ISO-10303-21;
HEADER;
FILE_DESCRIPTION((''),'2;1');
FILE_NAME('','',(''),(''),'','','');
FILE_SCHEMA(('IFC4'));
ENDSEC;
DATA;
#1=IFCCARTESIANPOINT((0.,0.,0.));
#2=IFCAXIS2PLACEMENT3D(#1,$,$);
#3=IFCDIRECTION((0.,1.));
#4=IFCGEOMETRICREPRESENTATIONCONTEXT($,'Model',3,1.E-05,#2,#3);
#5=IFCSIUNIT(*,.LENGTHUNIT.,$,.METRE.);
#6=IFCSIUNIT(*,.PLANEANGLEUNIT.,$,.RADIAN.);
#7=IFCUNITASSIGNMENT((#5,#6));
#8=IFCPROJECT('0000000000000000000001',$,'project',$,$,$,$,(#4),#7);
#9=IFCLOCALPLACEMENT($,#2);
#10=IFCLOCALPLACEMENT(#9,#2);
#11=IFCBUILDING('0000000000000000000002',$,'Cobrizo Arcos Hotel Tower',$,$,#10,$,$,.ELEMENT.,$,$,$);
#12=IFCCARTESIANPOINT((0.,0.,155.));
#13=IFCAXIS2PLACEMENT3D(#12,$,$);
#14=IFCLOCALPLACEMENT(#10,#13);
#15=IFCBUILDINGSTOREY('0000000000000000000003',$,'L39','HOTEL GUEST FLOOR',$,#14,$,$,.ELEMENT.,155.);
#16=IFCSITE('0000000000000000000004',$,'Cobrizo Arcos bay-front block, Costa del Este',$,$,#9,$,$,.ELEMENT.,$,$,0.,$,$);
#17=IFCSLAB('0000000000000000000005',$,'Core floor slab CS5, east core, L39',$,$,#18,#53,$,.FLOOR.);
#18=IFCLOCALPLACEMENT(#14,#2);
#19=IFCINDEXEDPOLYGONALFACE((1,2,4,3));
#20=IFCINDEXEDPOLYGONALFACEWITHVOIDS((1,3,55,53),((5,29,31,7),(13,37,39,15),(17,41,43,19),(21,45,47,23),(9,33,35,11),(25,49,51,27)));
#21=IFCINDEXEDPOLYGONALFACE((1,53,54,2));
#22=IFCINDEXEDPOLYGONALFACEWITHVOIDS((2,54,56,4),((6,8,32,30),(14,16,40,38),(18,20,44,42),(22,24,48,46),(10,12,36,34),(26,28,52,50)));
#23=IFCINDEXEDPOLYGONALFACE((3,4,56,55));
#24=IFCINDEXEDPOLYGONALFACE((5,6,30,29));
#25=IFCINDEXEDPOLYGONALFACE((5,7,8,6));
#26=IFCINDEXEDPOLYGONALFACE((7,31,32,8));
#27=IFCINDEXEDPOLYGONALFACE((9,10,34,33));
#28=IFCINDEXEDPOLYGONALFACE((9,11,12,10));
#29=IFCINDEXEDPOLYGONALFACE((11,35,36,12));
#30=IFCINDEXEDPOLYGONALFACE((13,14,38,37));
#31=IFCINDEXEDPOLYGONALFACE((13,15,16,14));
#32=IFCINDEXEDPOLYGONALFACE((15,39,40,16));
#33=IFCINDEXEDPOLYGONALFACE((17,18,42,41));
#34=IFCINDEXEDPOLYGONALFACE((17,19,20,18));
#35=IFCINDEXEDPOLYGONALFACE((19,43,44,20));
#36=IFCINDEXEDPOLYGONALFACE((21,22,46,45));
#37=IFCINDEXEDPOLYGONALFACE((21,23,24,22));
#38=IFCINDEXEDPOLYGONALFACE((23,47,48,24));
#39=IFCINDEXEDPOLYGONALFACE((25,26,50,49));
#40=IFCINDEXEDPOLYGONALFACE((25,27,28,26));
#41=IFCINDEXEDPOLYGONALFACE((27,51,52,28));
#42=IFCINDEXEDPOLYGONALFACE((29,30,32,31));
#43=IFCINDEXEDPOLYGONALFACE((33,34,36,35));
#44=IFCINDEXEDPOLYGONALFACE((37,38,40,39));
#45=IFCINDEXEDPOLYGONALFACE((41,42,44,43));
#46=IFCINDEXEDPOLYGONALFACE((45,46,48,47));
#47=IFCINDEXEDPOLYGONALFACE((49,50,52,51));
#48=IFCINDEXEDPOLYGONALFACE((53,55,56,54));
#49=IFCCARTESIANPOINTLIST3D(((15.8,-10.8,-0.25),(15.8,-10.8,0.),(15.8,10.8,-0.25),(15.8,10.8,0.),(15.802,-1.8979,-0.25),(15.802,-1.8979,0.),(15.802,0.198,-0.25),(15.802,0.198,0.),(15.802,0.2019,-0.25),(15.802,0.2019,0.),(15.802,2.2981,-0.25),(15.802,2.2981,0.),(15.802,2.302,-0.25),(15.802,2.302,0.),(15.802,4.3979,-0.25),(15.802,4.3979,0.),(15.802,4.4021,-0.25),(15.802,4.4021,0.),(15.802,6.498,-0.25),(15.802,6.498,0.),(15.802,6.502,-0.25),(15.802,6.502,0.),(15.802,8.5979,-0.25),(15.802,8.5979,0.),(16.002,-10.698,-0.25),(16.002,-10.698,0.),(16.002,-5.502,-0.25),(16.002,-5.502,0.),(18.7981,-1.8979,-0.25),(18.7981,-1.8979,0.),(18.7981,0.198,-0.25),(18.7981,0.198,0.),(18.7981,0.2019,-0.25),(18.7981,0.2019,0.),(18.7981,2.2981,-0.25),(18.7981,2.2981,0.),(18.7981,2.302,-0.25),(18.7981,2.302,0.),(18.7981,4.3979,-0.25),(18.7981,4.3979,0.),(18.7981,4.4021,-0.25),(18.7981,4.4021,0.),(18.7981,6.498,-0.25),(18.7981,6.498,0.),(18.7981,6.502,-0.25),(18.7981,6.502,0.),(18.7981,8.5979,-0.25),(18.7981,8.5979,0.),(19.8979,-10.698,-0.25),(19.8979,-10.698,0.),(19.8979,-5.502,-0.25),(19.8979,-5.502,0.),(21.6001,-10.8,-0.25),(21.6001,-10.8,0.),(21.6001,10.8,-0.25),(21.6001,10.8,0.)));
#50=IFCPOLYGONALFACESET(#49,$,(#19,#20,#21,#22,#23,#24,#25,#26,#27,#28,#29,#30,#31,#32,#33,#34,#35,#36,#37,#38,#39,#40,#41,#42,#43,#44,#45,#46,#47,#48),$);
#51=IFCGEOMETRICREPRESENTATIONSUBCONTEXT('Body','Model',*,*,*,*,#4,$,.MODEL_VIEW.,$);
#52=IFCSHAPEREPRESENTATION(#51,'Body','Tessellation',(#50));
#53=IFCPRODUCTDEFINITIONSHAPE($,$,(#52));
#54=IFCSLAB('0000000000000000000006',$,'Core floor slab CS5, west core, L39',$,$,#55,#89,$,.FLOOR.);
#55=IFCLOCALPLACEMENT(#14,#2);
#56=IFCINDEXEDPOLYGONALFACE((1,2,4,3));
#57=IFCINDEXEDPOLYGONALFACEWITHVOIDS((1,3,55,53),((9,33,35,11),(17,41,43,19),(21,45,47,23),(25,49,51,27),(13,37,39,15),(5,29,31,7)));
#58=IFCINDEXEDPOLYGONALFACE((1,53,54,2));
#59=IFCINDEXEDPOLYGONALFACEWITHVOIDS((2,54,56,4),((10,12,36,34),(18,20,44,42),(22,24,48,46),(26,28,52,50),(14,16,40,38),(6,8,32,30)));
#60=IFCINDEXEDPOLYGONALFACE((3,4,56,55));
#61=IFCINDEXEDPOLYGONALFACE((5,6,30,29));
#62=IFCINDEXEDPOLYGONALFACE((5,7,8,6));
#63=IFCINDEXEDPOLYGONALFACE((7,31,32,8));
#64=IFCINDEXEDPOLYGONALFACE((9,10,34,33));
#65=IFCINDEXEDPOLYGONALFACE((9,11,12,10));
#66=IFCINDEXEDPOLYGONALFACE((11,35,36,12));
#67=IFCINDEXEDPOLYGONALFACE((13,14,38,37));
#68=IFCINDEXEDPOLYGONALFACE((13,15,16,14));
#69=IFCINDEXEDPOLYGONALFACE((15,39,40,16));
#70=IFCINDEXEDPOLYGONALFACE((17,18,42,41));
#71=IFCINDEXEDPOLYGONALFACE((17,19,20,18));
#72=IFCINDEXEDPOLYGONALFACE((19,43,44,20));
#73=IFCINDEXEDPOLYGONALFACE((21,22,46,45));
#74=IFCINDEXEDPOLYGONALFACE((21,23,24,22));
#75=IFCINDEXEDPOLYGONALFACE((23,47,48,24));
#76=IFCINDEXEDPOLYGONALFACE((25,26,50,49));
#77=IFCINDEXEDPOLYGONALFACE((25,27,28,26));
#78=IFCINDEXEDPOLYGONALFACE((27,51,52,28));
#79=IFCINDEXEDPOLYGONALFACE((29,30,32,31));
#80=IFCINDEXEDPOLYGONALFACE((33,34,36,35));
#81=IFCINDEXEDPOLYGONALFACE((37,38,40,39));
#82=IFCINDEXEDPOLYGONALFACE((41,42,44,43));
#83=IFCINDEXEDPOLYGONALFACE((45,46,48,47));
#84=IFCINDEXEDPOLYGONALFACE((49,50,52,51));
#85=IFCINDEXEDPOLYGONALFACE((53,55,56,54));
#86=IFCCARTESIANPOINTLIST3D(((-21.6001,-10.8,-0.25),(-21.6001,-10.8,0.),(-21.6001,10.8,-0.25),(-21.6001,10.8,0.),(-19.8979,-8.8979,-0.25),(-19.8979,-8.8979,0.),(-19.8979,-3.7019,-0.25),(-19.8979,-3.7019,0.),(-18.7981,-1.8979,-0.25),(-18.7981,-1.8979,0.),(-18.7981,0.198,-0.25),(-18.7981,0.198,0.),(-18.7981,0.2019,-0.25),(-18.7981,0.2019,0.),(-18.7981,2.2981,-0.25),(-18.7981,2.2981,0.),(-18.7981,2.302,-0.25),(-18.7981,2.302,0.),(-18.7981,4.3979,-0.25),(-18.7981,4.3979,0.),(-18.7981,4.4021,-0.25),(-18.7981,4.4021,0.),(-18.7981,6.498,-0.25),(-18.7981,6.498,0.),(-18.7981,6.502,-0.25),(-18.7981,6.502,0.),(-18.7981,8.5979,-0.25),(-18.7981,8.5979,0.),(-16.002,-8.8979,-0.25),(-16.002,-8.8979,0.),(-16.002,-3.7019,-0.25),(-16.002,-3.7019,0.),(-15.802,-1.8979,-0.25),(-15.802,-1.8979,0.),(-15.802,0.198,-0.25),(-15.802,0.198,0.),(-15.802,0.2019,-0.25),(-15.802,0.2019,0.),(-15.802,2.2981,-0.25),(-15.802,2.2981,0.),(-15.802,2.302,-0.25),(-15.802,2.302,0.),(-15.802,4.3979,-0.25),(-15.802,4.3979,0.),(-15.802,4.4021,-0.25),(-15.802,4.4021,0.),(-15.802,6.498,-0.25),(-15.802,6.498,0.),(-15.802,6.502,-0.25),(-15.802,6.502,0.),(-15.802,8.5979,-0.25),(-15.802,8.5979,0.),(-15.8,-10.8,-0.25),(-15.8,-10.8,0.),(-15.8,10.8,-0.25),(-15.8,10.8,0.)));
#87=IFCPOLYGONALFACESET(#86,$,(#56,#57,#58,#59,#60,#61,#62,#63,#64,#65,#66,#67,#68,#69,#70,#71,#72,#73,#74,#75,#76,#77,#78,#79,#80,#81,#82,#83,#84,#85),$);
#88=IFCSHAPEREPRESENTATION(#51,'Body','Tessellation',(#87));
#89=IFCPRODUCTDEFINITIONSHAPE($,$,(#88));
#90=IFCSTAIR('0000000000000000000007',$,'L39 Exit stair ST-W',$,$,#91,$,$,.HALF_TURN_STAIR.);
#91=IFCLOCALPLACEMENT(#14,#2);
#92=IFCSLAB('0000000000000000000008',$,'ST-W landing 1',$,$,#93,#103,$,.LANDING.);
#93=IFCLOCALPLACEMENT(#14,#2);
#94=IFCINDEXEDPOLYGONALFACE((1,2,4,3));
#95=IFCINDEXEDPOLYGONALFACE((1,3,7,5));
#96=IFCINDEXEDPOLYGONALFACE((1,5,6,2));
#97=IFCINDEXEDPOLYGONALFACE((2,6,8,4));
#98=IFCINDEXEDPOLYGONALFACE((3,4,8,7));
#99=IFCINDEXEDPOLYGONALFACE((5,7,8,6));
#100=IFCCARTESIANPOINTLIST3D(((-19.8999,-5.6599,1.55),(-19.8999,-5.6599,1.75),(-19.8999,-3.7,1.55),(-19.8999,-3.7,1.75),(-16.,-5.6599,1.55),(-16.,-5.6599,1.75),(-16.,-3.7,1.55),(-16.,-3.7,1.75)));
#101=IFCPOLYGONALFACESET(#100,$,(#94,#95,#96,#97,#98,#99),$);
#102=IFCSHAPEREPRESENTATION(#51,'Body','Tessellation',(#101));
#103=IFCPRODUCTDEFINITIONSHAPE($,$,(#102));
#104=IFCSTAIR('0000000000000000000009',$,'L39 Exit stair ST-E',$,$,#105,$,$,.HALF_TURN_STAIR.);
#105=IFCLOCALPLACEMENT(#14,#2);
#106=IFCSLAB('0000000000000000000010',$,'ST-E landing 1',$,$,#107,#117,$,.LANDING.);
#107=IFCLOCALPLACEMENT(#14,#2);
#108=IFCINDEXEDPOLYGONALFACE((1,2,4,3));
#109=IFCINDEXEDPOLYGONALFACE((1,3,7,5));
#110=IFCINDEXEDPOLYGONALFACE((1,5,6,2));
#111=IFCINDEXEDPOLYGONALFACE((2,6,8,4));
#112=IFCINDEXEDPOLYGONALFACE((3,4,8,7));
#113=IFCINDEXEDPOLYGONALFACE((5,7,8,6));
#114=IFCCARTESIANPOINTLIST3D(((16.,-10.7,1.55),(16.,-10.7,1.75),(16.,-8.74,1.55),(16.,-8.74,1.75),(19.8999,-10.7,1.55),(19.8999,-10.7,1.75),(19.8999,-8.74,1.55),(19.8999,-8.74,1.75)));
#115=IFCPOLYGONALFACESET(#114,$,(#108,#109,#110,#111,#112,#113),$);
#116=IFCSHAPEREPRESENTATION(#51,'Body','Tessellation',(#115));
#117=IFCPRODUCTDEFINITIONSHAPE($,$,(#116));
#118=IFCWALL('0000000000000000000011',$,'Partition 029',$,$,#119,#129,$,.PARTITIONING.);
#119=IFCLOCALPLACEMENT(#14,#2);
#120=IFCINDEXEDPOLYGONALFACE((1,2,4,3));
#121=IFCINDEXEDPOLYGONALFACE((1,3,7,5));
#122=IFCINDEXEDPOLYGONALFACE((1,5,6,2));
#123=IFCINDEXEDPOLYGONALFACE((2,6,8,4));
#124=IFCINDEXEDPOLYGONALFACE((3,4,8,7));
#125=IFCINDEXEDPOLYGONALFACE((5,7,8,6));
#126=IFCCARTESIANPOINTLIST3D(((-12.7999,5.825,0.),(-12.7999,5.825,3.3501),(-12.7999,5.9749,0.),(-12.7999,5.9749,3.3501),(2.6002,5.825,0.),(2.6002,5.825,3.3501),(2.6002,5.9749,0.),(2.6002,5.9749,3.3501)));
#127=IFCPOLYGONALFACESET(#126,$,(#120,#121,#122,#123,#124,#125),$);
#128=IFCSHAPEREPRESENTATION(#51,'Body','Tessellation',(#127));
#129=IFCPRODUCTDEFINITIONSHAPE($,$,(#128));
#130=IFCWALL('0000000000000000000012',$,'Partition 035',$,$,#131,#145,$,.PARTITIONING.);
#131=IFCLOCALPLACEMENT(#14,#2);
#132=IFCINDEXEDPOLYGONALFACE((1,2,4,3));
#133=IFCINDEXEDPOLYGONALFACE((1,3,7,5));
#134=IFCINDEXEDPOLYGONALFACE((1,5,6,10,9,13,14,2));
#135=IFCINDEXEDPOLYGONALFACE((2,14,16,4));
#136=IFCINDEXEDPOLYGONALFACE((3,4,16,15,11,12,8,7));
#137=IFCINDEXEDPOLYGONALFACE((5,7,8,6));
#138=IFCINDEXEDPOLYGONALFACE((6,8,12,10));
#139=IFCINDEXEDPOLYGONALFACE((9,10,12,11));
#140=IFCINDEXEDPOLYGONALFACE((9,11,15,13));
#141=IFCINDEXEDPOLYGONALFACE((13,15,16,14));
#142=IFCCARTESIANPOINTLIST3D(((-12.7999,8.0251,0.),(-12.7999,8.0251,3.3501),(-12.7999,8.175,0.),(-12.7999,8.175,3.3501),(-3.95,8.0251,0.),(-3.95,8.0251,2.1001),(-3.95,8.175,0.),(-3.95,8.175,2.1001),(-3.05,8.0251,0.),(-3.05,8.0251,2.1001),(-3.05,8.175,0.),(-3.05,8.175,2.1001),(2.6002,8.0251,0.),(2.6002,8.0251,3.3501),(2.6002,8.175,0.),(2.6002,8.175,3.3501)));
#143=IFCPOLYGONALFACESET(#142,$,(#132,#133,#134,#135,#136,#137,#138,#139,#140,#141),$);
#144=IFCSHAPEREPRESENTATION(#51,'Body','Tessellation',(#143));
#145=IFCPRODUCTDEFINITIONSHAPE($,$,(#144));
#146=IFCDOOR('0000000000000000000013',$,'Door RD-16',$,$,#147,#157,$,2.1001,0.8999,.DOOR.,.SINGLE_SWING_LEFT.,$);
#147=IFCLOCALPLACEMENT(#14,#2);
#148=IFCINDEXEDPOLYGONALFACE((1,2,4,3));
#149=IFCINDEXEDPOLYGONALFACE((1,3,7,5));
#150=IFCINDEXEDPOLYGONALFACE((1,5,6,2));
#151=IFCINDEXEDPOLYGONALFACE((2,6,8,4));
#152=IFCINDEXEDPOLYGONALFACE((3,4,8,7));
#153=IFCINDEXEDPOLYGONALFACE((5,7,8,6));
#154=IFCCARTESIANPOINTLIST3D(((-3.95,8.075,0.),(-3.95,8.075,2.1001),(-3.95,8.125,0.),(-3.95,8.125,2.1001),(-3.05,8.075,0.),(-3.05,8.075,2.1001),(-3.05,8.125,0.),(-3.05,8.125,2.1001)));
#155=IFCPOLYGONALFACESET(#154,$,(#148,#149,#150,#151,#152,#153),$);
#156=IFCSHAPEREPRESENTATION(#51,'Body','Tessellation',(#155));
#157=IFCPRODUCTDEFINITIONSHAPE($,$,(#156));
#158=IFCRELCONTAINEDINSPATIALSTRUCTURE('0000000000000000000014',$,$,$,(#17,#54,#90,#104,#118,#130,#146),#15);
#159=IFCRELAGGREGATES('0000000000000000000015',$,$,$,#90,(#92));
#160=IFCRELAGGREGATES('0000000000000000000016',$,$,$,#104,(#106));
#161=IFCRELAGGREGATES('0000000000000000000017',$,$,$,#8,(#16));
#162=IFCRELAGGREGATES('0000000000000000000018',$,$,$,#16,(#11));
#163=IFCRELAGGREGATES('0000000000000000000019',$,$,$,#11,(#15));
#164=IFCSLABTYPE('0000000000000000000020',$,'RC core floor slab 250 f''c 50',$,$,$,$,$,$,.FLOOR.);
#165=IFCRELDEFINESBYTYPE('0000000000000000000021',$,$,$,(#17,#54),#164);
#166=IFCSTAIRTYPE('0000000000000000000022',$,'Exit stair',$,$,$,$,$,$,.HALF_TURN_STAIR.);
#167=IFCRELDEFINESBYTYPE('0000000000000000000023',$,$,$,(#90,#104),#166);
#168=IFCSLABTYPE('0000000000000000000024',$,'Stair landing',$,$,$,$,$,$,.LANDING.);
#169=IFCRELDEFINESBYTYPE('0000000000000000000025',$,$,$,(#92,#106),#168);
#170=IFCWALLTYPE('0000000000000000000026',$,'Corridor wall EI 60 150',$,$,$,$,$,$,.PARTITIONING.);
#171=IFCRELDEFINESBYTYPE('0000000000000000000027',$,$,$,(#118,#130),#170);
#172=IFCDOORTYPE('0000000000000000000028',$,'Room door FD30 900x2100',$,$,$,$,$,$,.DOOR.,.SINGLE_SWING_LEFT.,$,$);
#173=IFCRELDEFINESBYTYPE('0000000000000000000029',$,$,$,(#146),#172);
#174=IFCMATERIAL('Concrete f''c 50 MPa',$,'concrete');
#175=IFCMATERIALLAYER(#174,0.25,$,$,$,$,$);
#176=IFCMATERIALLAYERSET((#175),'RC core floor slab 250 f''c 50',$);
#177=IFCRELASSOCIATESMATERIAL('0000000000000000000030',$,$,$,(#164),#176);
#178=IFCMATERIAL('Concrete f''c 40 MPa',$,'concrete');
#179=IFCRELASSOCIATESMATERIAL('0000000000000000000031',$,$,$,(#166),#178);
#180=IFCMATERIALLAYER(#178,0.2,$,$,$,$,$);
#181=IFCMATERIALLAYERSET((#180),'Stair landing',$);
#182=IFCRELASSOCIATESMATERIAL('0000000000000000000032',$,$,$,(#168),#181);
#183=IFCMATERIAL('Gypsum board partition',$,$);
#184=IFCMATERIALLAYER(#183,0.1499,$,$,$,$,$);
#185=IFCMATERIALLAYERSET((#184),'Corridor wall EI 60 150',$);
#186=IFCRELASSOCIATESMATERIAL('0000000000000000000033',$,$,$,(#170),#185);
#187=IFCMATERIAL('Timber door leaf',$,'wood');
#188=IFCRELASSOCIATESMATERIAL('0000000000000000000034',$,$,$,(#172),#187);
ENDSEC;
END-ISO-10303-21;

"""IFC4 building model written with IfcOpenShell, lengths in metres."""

from ifc_helpers import new_model, si_unit, direction, frame, frame_2d, origin, place, context, subcontext, project, spatial, polyline, rectangle, outline, extrude, material, layer, layer_set, type_object, element, fill, aggregate, save


model = new_model("IFC4")

# Units and contexts
model_context = context("Model", 3, precision=1e-05, world=origin(), true_north=direction((0.0, 1.0)))
body_context = subcontext(model_context, "Body", "Model", "MODEL_VIEW")
ifc_project = project(units=[si_unit("LENGTHUNIT", "METRE"), si_unit("PLANEANGLEUNIT", "RADIAN")], contexts=[model_context])

# Site, building, storey
site_placement = place(None, origin())
site = spatial("IfcSite", under=ifc_project, at=site_placement, Name="Cobrizo Arcos bay-front block, Costa del Este", CompositionType="ELEMENT", RefElevation=0.0)
building_placement = place(site_placement, origin())
building = spatial("IfcBuilding", under=site, at=building_placement, Name="Cobrizo Arcos Hotel Tower", CompositionType="ELEMENT")
storey_placement = place(building_placement, frame((0.0, 0.0, 155.0)))
storey = spatial("IfcBuildingStorey", under=building, at=storey_placement, Name="L39", Description="HOTEL GUEST FLOOR", CompositionType="ELEMENT", Elevation=155.0)

# Slabs
ifc_material_1 = material(Name="Concrete f'c 50 MPa", Category="concrete")
ifc_layer_1 = layer(ifc_material_1, 0.25)
ifc_layer_set_1 = layer_set([ifc_layer_1], Name="RC core floor slab 250 f'c 50")
slab_type_1 = type_object("IfcSlabType", Name="RC core floor slab 250 f'c 50", PredefinedType="FLOOR", material=ifc_layer_set_1)
slab_1_placement = place(storey_placement, frame((0.0, 0.0, -0.25)))
element("IfcSlab", 1, at=slab_1_placement, inside=storey, type_object=slab_type_1, Name="Core floor slab CS5, east core, L39", PredefinedType="FLOOR", context=body_context, shape_type="SweptSolid", body=[
    extrude(outline(polyline([(15.8, 10.8), (21.6001, 10.8), (21.6001, -10.8), (15.8, -10.8), (15.8, 10.8)]), holes=[polyline([(19.8979, -10.698), (19.8979, -5.502), (16.002, -5.502), (16.002, -10.698), (19.8979, -10.698)]), polyline([(15.802, 0.198), (15.802, -1.8979), (18.7981, -1.8979), (18.7981, 0.198), (15.802, 0.198)]), polyline([(15.802, 2.2981), (15.802, 0.2019), (18.7981, 0.2019), (18.7981, 2.2981), (15.802, 2.2981)]), polyline([(15.802, 4.3979), (15.802, 2.302), (18.7981, 2.302), (18.7981, 4.3979), (15.802, 4.3979)]), polyline([(18.7981, 6.498), (15.802, 6.498), (15.802, 4.4021), (18.7981, 4.4021), (18.7981, 6.498)]), polyline([(18.7981, 8.5979), (15.802, 8.5979), (15.802, 6.502), (18.7981, 6.502), (18.7981, 8.5979)])]), origin(), (0.0, 0.0, 1.0), 0.25),
])
slab_2_placement = place(storey_placement, frame((0.0, 0.0, -0.25)))
element("IfcSlab", 2, at=slab_2_placement, inside=storey, type_object=slab_type_1, Name="Core floor slab CS5, west core, L39", PredefinedType="FLOOR", context=body_context, shape_type="SweptSolid", body=[
    extrude(outline(polyline([(-21.6001, 10.8), (-15.8, 10.8), (-15.8, -10.8), (-21.6001, -10.8), (-21.6001, 10.8)]), holes=[polyline([(-19.8979, -3.7019), (-19.8979, -8.8979), (-16.002, -8.8979), (-16.002, -3.7019), (-19.8979, -3.7019)]), polyline([(-18.7981, 0.198), (-18.7981, -1.8979), (-15.802, -1.8979), (-15.802, 0.198), (-18.7981, 0.198)]), polyline([(-18.7981, 2.2981), (-18.7981, 0.2019), (-15.802, 0.2019), (-15.802, 2.2981), (-18.7981, 2.2981)]), polyline([(-18.7981, 4.3979), (-18.7981, 2.302), (-15.802, 2.302), (-15.802, 4.3979), (-18.7981, 4.3979)]), polyline([(-15.802, 6.498), (-18.7981, 6.498), (-18.7981, 4.4021), (-15.802, 4.4021), (-15.802, 6.498)]), polyline([(-15.802, 8.5979), (-18.7981, 8.5979), (-18.7981, 6.502), (-15.802, 6.502), (-15.802, 8.5979)])]), origin(), (0.0, 0.0, 1.0), 0.25),
])

# Stairs, slabs
ifc_material_2 = material(Name="Concrete f'c 40 MPa", Category="concrete")
stair_type = type_object("IfcStairType", Name="Exit stair", PredefinedType="HALF_TURN_STAIR", material=ifc_material_2)
stair_1_placement = place(storey_placement, origin())
stair_1 = element("IfcStair", 3, at=stair_1_placement, inside=storey, type_object=stair_type, Name="L39 Exit stair ST-W", PredefinedType="HALF_TURN_STAIR")
ifc_layer_2 = layer(ifc_material_2, 0.2)
ifc_layer_set_2 = layer_set([ifc_layer_2], Name="Stair landing")
slab_type_2 = type_object("IfcSlabType", Name="Stair landing", PredefinedType="LANDING", material=ifc_layer_set_2)
slab_3_placement = place(storey_placement, frame((0.0, 0.0, 1.55)))
slab_3 = element("IfcSlab", 4, at=slab_3_placement, type_object=slab_type_2, Name="ST-W landing 1", PredefinedType="LANDING", context=body_context, shape_type="SweptSolid", body=[
    extrude(outline(polyline([(-16.0, -5.6599), (-16.0, -3.7), (-19.8999, -3.7), (-19.8999, -5.6599), (-16.0, -5.6599)])), origin(), (0.0, 0.0, 1.0), 0.2),
])
aggregate(stair_1, [slab_3])
stair_2_placement = place(storey_placement, origin())
stair_2 = element("IfcStair", 5, at=stair_2_placement, inside=storey, type_object=stair_type, Name="L39 Exit stair ST-E", PredefinedType="HALF_TURN_STAIR")
slab_4_placement = place(storey_placement, frame((0.0, 0.0, 1.55)))
slab_4 = element("IfcSlab", 6, at=slab_4_placement, type_object=slab_type_2, Name="ST-E landing 1", PredefinedType="LANDING", context=body_context, shape_type="SweptSolid", body=[
    extrude(outline(polyline([(16.0, -8.74), (16.0, -10.7), (19.8999, -10.7), (19.8999, -8.74), (16.0, -8.74)])), origin(), (0.0, 0.0, 1.0), 0.2),
])
aggregate(stair_2, [slab_4])

# Wall
ifc_material_3 = material(Name="Gypsum board partition")
ifc_layer_3 = layer(ifc_material_3, 0.1499)
ifc_layer_set_3 = layer_set([ifc_layer_3], Name="Corridor wall EI 60 150")
wall_type_1 = type_object("IfcWallType", Name="Corridor wall EI 60 150", PredefinedType="PARTITIONING", material=ifc_layer_set_3)
wall_1_placement = place(storey_placement, frame((-12.8, 5.8999, 0.0), z_axis=(0.0, 0.0, 1.0), x_axis=(1.0, 0.0, 0.0)))
element("IfcWall", 7, at=wall_1_placement, inside=storey, type_object=wall_type_1, Name="Partition 029", PredefinedType="PARTITIONING", context=body_context, shape_type="SweptSolid", body=[
    extrude(rectangle(XDim=15.4001, YDim=0.1499, at=frame_2d((7.7002, 0.0))), origin(), (0.0, 0.0, 1.0), 3.3501),
])

# Wall, opening, door
wall_2_placement = place(storey_placement, frame((-12.8, 8.1001, 0.0), z_axis=(0.0, 0.0, 1.0), x_axis=(1.0, 0.0, 0.0)))
wall_2 = element("IfcWall", 8, at=wall_2_placement, inside=storey, type_object=wall_type_1, Name="Partition 035", PredefinedType="PARTITIONING", context=body_context, shape_type="SweptSolid", body=[
    extrude(rectangle(XDim=15.4001, YDim=0.1499, at=frame_2d((7.7002, 0.0))), origin(), (0.0, 0.0, 1.0), 3.3501),
])
opening_1_placement = place(wall_2_placement, frame((8.8501, 0.0, 0.0)))
opening_1 = element("IfcOpeningElement", 9, at=opening_1_placement, cuts=wall_2, PredefinedType="OPENING", context=body_context, shape_type="SweptSolid", body=[
    extrude(rectangle(XDim=0.8999, YDim=2.1001, at=frame_2d((0.45, 1.05))), frame((0.0, 0.0869, 0.0), z_axis=(0.0, -1.0, 0.0), x_axis=(1.0, 0.0, 0.0)), (0.0, 0.0, 1.0), 0.1738),
])
ifc_material_4 = material(Name="Timber door leaf", Category="wood")
door_type_1 = type_object("IfcDoorType", Name="Room door FD30 900x2100", OperationType="SINGLE_SWING_LEFT", PredefinedType="DOOR", material=ifc_material_4)
door_1_placement = place(opening_1_placement, origin())
door_1 = element("IfcDoor", 10, at=door_1_placement, inside=storey, type_object=door_type_1, Name="Door RD-16", OperationType="SINGLE_SWING_LEFT", OverallHeight=2.1001, OverallWidth=0.8999, PredefinedType="DOOR", context=body_context, shape_type="SweptSolid", body=[
    extrude(rectangle(XDim=0.8999, YDim=2.1001, at=frame_2d((0.45, 1.05))), frame((0.0, 0.0249, 0.0), z_axis=(0.0, -1.0, 0.0), x_axis=(1.0, 0.0, 0.0)), (0.0, 0.0, 1.0), 0.05),
])
fill(opening_1, door_1)

save(model, "model.ifc")
